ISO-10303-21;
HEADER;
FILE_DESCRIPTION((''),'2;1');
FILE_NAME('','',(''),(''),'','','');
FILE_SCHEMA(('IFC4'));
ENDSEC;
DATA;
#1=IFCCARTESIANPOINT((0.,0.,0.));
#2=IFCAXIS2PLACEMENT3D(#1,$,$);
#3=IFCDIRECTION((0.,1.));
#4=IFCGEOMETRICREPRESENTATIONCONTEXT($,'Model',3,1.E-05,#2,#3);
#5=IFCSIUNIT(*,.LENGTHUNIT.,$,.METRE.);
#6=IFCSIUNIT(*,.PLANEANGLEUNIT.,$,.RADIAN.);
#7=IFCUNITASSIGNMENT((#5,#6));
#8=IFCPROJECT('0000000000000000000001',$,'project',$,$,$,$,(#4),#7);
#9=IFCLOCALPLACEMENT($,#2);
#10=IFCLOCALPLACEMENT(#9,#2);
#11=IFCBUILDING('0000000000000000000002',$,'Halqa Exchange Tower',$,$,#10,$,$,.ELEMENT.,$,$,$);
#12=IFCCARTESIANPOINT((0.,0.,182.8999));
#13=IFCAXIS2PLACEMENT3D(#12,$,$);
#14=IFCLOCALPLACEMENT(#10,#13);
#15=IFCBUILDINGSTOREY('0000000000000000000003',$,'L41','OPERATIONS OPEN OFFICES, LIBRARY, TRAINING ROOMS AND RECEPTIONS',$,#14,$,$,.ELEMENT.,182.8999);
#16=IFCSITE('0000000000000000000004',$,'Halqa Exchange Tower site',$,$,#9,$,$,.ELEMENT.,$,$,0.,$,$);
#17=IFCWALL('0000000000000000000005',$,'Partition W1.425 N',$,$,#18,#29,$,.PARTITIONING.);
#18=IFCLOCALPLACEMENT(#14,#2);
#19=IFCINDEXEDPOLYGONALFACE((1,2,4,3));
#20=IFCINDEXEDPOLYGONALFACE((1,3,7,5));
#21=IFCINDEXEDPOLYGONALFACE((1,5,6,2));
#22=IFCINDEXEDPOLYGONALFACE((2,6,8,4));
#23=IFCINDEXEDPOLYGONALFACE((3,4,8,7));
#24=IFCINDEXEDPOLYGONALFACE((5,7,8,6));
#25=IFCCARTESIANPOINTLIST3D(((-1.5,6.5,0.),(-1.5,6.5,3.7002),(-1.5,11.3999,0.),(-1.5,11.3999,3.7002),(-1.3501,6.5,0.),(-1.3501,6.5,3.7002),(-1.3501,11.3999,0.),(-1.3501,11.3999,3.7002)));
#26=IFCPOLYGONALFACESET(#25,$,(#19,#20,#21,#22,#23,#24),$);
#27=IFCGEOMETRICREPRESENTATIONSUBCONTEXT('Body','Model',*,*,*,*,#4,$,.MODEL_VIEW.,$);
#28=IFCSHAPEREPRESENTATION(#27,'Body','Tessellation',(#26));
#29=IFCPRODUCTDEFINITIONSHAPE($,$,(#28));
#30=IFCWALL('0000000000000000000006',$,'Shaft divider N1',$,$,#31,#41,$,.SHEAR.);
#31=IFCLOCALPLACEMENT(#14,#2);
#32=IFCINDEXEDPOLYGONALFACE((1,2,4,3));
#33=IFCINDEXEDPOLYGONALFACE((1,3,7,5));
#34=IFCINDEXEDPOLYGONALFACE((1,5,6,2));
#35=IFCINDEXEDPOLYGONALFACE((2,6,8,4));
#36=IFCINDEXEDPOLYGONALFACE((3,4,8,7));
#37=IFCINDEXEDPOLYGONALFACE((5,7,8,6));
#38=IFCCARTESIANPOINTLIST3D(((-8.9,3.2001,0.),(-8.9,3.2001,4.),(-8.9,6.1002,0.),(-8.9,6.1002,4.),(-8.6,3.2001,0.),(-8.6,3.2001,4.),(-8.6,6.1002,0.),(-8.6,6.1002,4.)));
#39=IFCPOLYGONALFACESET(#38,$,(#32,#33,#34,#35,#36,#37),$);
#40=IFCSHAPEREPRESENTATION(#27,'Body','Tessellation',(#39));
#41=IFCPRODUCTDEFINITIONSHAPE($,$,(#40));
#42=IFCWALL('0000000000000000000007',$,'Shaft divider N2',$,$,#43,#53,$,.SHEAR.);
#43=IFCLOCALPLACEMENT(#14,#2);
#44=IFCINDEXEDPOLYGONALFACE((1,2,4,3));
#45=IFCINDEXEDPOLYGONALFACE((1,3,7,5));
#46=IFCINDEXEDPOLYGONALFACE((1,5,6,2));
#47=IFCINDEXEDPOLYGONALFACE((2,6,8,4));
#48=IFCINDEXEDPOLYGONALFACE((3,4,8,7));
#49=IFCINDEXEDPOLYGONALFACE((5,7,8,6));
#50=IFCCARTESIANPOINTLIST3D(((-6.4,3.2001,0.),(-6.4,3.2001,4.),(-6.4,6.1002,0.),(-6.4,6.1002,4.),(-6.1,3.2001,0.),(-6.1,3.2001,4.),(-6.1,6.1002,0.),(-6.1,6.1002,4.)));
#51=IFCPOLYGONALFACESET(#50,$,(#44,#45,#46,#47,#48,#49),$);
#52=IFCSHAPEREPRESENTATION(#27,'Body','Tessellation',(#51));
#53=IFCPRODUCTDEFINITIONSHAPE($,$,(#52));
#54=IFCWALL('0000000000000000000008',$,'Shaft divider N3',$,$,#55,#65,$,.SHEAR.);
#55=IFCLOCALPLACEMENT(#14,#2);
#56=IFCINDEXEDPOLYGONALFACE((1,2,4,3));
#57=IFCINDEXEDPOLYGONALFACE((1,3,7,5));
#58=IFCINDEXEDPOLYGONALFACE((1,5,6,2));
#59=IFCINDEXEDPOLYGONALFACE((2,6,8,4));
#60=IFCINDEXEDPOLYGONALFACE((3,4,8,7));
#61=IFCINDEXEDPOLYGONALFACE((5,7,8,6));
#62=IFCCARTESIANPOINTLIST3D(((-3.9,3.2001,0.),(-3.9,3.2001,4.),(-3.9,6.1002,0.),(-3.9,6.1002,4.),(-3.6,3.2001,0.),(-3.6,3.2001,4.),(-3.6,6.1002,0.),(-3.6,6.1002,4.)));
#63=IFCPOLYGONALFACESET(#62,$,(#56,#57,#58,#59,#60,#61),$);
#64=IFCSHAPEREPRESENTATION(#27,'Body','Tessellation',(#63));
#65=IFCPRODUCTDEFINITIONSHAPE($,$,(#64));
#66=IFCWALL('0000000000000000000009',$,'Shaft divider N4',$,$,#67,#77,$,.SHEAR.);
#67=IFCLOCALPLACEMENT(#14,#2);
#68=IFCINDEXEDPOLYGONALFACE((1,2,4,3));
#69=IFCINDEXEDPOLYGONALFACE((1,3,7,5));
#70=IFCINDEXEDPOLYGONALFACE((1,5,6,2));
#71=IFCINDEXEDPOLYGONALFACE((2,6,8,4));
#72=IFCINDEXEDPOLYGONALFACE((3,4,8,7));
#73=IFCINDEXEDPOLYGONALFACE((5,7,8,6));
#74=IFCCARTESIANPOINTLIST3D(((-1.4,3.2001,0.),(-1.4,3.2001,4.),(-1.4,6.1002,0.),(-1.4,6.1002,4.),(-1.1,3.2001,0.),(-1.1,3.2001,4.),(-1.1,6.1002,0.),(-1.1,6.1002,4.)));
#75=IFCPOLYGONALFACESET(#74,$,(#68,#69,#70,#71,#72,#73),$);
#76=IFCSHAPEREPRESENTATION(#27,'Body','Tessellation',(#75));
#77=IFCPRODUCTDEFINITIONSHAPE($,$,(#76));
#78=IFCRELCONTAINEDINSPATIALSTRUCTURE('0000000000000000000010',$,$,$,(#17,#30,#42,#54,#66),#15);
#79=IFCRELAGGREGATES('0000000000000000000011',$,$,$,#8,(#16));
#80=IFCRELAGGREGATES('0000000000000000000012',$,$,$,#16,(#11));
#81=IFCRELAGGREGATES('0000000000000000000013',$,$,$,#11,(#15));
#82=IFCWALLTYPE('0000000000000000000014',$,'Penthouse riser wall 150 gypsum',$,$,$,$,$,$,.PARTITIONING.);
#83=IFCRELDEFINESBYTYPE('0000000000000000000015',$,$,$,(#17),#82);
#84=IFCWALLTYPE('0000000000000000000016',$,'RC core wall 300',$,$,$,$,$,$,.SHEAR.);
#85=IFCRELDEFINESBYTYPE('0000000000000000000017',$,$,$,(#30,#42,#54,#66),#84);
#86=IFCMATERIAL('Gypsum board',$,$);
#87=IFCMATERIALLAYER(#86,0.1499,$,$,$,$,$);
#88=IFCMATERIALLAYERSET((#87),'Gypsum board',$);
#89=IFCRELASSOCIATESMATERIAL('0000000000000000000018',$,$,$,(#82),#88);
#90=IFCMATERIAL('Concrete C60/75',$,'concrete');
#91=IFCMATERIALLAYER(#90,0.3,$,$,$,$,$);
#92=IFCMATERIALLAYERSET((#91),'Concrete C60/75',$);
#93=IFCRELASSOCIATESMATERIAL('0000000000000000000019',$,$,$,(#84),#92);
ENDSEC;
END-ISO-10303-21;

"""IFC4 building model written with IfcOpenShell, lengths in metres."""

from ifc_helpers import new_model, si_unit, direction, frame, frame_2d, origin, place, context, subcontext, project, spatial, rectangle, extrude, material, layer, layer_set, type_object, element, save


model = new_model("IFC4")

# Units and contexts
model_context = context("Model", 3, precision=1e-05, world=origin(), true_north=direction((0.0, 1.0)))
body_context = subcontext(model_context, "Body", "Model", "MODEL_VIEW")
ifc_project = project(units=[si_unit("LENGTHUNIT", "METRE"), si_unit("PLANEANGLEUNIT", "RADIAN")], contexts=[model_context])

# Site, building, storey
site_placement = place(None, origin())
site = spatial("IfcSite", under=ifc_project, at=site_placement, Name="Halqa Exchange Tower site", CompositionType="ELEMENT", RefElevation=0.0)
building_placement = place(site_placement, origin())
building = spatial("IfcBuilding", under=site, at=building_placement, Name="Halqa Exchange Tower", CompositionType="ELEMENT")
storey_placement = place(building_placement, frame((0.0, 0.0, 182.8999)))
storey = spatial("IfcBuildingStorey", under=building, at=storey_placement, Name="L41", Description="OPERATIONS OPEN OFFICES, LIBRARY, TRAINING ROOMS AND RECEPTIONS", CompositionType="ELEMENT", Elevation=182.8999)

# Walls
ifc_material_1 = material(Name="Gypsum board")
ifc_layer_1 = layer(ifc_material_1, 0.1499)
ifc_layer_set_1 = layer_set([ifc_layer_1], Name="Gypsum board")
wall_type_1 = type_object("IfcWallType", Name="Penthouse riser wall 150 gypsum", PredefinedType="PARTITIONING", material=ifc_layer_set_1)
wall_1_placement = place(storey_placement, frame((-1.425, 6.5, 0.0), z_axis=(0.0, 0.0, 1.0), x_axis=(0.0, 1.0, 0.0)))
element("IfcWall", 1, at=wall_1_placement, inside=storey, type_object=wall_type_1, Name="Partition W1.425 N", PredefinedType="PARTITIONING", context=body_context, shape_type="SweptSolid", body=[
    extrude(rectangle(XDim=4.8999, YDim=0.1499, at=frame_2d((2.45, 0.0))), origin(), (0.0, 0.0, 1.0), 3.7002),
])
ifc_material_2 = material(Name="Concrete C60/75", Category="concrete")
ifc_layer_2 = layer(ifc_material_2, 0.3)
ifc_layer_set_2 = layer_set([ifc_layer_2], Name="Concrete C60/75")
wall_type_2 = type_object("IfcWallType", Name="RC core wall 300", PredefinedType="SHEAR", material=ifc_layer_set_2)
for number, where, z_axis, x_axis, name in (
    (2, (-8.75, 3.2, 0.0), (0.0, 0.0, 1.0), (0.0, 1.0, 0.0), "Shaft divider N1"),
    (3, (-6.25, 3.2, 0.0), (0.0, 0.0, 1.0), (0.0, 1.0, 0.0), "Shaft divider N2"),
    (4, (-3.75, 3.2, 0.0), (0.0, 0.0, 1.0), (0.0, 1.0, 0.0), "Shaft divider N3"),
    (5, (-1.25, 3.2, 0.0), (0.0, 0.0, 1.0), (0.0, 1.0, 0.0), "Shaft divider N4"),
):
    element("IfcWall", number, at=place(storey_placement, frame(where, z_axis=z_axis, x_axis=x_axis)), inside=storey, type_object=wall_type_2, Name=name, PredefinedType="SHEAR", context=body_context, shape_type="SweptSolid", body=[
        extrude(rectangle(XDim=2.9001, YDim=0.3, at=frame_2d((1.4502, 0.0))), origin(), (0.0, 0.0, 1.0), 4.0),
    ])

save(model, "model.ifc")
